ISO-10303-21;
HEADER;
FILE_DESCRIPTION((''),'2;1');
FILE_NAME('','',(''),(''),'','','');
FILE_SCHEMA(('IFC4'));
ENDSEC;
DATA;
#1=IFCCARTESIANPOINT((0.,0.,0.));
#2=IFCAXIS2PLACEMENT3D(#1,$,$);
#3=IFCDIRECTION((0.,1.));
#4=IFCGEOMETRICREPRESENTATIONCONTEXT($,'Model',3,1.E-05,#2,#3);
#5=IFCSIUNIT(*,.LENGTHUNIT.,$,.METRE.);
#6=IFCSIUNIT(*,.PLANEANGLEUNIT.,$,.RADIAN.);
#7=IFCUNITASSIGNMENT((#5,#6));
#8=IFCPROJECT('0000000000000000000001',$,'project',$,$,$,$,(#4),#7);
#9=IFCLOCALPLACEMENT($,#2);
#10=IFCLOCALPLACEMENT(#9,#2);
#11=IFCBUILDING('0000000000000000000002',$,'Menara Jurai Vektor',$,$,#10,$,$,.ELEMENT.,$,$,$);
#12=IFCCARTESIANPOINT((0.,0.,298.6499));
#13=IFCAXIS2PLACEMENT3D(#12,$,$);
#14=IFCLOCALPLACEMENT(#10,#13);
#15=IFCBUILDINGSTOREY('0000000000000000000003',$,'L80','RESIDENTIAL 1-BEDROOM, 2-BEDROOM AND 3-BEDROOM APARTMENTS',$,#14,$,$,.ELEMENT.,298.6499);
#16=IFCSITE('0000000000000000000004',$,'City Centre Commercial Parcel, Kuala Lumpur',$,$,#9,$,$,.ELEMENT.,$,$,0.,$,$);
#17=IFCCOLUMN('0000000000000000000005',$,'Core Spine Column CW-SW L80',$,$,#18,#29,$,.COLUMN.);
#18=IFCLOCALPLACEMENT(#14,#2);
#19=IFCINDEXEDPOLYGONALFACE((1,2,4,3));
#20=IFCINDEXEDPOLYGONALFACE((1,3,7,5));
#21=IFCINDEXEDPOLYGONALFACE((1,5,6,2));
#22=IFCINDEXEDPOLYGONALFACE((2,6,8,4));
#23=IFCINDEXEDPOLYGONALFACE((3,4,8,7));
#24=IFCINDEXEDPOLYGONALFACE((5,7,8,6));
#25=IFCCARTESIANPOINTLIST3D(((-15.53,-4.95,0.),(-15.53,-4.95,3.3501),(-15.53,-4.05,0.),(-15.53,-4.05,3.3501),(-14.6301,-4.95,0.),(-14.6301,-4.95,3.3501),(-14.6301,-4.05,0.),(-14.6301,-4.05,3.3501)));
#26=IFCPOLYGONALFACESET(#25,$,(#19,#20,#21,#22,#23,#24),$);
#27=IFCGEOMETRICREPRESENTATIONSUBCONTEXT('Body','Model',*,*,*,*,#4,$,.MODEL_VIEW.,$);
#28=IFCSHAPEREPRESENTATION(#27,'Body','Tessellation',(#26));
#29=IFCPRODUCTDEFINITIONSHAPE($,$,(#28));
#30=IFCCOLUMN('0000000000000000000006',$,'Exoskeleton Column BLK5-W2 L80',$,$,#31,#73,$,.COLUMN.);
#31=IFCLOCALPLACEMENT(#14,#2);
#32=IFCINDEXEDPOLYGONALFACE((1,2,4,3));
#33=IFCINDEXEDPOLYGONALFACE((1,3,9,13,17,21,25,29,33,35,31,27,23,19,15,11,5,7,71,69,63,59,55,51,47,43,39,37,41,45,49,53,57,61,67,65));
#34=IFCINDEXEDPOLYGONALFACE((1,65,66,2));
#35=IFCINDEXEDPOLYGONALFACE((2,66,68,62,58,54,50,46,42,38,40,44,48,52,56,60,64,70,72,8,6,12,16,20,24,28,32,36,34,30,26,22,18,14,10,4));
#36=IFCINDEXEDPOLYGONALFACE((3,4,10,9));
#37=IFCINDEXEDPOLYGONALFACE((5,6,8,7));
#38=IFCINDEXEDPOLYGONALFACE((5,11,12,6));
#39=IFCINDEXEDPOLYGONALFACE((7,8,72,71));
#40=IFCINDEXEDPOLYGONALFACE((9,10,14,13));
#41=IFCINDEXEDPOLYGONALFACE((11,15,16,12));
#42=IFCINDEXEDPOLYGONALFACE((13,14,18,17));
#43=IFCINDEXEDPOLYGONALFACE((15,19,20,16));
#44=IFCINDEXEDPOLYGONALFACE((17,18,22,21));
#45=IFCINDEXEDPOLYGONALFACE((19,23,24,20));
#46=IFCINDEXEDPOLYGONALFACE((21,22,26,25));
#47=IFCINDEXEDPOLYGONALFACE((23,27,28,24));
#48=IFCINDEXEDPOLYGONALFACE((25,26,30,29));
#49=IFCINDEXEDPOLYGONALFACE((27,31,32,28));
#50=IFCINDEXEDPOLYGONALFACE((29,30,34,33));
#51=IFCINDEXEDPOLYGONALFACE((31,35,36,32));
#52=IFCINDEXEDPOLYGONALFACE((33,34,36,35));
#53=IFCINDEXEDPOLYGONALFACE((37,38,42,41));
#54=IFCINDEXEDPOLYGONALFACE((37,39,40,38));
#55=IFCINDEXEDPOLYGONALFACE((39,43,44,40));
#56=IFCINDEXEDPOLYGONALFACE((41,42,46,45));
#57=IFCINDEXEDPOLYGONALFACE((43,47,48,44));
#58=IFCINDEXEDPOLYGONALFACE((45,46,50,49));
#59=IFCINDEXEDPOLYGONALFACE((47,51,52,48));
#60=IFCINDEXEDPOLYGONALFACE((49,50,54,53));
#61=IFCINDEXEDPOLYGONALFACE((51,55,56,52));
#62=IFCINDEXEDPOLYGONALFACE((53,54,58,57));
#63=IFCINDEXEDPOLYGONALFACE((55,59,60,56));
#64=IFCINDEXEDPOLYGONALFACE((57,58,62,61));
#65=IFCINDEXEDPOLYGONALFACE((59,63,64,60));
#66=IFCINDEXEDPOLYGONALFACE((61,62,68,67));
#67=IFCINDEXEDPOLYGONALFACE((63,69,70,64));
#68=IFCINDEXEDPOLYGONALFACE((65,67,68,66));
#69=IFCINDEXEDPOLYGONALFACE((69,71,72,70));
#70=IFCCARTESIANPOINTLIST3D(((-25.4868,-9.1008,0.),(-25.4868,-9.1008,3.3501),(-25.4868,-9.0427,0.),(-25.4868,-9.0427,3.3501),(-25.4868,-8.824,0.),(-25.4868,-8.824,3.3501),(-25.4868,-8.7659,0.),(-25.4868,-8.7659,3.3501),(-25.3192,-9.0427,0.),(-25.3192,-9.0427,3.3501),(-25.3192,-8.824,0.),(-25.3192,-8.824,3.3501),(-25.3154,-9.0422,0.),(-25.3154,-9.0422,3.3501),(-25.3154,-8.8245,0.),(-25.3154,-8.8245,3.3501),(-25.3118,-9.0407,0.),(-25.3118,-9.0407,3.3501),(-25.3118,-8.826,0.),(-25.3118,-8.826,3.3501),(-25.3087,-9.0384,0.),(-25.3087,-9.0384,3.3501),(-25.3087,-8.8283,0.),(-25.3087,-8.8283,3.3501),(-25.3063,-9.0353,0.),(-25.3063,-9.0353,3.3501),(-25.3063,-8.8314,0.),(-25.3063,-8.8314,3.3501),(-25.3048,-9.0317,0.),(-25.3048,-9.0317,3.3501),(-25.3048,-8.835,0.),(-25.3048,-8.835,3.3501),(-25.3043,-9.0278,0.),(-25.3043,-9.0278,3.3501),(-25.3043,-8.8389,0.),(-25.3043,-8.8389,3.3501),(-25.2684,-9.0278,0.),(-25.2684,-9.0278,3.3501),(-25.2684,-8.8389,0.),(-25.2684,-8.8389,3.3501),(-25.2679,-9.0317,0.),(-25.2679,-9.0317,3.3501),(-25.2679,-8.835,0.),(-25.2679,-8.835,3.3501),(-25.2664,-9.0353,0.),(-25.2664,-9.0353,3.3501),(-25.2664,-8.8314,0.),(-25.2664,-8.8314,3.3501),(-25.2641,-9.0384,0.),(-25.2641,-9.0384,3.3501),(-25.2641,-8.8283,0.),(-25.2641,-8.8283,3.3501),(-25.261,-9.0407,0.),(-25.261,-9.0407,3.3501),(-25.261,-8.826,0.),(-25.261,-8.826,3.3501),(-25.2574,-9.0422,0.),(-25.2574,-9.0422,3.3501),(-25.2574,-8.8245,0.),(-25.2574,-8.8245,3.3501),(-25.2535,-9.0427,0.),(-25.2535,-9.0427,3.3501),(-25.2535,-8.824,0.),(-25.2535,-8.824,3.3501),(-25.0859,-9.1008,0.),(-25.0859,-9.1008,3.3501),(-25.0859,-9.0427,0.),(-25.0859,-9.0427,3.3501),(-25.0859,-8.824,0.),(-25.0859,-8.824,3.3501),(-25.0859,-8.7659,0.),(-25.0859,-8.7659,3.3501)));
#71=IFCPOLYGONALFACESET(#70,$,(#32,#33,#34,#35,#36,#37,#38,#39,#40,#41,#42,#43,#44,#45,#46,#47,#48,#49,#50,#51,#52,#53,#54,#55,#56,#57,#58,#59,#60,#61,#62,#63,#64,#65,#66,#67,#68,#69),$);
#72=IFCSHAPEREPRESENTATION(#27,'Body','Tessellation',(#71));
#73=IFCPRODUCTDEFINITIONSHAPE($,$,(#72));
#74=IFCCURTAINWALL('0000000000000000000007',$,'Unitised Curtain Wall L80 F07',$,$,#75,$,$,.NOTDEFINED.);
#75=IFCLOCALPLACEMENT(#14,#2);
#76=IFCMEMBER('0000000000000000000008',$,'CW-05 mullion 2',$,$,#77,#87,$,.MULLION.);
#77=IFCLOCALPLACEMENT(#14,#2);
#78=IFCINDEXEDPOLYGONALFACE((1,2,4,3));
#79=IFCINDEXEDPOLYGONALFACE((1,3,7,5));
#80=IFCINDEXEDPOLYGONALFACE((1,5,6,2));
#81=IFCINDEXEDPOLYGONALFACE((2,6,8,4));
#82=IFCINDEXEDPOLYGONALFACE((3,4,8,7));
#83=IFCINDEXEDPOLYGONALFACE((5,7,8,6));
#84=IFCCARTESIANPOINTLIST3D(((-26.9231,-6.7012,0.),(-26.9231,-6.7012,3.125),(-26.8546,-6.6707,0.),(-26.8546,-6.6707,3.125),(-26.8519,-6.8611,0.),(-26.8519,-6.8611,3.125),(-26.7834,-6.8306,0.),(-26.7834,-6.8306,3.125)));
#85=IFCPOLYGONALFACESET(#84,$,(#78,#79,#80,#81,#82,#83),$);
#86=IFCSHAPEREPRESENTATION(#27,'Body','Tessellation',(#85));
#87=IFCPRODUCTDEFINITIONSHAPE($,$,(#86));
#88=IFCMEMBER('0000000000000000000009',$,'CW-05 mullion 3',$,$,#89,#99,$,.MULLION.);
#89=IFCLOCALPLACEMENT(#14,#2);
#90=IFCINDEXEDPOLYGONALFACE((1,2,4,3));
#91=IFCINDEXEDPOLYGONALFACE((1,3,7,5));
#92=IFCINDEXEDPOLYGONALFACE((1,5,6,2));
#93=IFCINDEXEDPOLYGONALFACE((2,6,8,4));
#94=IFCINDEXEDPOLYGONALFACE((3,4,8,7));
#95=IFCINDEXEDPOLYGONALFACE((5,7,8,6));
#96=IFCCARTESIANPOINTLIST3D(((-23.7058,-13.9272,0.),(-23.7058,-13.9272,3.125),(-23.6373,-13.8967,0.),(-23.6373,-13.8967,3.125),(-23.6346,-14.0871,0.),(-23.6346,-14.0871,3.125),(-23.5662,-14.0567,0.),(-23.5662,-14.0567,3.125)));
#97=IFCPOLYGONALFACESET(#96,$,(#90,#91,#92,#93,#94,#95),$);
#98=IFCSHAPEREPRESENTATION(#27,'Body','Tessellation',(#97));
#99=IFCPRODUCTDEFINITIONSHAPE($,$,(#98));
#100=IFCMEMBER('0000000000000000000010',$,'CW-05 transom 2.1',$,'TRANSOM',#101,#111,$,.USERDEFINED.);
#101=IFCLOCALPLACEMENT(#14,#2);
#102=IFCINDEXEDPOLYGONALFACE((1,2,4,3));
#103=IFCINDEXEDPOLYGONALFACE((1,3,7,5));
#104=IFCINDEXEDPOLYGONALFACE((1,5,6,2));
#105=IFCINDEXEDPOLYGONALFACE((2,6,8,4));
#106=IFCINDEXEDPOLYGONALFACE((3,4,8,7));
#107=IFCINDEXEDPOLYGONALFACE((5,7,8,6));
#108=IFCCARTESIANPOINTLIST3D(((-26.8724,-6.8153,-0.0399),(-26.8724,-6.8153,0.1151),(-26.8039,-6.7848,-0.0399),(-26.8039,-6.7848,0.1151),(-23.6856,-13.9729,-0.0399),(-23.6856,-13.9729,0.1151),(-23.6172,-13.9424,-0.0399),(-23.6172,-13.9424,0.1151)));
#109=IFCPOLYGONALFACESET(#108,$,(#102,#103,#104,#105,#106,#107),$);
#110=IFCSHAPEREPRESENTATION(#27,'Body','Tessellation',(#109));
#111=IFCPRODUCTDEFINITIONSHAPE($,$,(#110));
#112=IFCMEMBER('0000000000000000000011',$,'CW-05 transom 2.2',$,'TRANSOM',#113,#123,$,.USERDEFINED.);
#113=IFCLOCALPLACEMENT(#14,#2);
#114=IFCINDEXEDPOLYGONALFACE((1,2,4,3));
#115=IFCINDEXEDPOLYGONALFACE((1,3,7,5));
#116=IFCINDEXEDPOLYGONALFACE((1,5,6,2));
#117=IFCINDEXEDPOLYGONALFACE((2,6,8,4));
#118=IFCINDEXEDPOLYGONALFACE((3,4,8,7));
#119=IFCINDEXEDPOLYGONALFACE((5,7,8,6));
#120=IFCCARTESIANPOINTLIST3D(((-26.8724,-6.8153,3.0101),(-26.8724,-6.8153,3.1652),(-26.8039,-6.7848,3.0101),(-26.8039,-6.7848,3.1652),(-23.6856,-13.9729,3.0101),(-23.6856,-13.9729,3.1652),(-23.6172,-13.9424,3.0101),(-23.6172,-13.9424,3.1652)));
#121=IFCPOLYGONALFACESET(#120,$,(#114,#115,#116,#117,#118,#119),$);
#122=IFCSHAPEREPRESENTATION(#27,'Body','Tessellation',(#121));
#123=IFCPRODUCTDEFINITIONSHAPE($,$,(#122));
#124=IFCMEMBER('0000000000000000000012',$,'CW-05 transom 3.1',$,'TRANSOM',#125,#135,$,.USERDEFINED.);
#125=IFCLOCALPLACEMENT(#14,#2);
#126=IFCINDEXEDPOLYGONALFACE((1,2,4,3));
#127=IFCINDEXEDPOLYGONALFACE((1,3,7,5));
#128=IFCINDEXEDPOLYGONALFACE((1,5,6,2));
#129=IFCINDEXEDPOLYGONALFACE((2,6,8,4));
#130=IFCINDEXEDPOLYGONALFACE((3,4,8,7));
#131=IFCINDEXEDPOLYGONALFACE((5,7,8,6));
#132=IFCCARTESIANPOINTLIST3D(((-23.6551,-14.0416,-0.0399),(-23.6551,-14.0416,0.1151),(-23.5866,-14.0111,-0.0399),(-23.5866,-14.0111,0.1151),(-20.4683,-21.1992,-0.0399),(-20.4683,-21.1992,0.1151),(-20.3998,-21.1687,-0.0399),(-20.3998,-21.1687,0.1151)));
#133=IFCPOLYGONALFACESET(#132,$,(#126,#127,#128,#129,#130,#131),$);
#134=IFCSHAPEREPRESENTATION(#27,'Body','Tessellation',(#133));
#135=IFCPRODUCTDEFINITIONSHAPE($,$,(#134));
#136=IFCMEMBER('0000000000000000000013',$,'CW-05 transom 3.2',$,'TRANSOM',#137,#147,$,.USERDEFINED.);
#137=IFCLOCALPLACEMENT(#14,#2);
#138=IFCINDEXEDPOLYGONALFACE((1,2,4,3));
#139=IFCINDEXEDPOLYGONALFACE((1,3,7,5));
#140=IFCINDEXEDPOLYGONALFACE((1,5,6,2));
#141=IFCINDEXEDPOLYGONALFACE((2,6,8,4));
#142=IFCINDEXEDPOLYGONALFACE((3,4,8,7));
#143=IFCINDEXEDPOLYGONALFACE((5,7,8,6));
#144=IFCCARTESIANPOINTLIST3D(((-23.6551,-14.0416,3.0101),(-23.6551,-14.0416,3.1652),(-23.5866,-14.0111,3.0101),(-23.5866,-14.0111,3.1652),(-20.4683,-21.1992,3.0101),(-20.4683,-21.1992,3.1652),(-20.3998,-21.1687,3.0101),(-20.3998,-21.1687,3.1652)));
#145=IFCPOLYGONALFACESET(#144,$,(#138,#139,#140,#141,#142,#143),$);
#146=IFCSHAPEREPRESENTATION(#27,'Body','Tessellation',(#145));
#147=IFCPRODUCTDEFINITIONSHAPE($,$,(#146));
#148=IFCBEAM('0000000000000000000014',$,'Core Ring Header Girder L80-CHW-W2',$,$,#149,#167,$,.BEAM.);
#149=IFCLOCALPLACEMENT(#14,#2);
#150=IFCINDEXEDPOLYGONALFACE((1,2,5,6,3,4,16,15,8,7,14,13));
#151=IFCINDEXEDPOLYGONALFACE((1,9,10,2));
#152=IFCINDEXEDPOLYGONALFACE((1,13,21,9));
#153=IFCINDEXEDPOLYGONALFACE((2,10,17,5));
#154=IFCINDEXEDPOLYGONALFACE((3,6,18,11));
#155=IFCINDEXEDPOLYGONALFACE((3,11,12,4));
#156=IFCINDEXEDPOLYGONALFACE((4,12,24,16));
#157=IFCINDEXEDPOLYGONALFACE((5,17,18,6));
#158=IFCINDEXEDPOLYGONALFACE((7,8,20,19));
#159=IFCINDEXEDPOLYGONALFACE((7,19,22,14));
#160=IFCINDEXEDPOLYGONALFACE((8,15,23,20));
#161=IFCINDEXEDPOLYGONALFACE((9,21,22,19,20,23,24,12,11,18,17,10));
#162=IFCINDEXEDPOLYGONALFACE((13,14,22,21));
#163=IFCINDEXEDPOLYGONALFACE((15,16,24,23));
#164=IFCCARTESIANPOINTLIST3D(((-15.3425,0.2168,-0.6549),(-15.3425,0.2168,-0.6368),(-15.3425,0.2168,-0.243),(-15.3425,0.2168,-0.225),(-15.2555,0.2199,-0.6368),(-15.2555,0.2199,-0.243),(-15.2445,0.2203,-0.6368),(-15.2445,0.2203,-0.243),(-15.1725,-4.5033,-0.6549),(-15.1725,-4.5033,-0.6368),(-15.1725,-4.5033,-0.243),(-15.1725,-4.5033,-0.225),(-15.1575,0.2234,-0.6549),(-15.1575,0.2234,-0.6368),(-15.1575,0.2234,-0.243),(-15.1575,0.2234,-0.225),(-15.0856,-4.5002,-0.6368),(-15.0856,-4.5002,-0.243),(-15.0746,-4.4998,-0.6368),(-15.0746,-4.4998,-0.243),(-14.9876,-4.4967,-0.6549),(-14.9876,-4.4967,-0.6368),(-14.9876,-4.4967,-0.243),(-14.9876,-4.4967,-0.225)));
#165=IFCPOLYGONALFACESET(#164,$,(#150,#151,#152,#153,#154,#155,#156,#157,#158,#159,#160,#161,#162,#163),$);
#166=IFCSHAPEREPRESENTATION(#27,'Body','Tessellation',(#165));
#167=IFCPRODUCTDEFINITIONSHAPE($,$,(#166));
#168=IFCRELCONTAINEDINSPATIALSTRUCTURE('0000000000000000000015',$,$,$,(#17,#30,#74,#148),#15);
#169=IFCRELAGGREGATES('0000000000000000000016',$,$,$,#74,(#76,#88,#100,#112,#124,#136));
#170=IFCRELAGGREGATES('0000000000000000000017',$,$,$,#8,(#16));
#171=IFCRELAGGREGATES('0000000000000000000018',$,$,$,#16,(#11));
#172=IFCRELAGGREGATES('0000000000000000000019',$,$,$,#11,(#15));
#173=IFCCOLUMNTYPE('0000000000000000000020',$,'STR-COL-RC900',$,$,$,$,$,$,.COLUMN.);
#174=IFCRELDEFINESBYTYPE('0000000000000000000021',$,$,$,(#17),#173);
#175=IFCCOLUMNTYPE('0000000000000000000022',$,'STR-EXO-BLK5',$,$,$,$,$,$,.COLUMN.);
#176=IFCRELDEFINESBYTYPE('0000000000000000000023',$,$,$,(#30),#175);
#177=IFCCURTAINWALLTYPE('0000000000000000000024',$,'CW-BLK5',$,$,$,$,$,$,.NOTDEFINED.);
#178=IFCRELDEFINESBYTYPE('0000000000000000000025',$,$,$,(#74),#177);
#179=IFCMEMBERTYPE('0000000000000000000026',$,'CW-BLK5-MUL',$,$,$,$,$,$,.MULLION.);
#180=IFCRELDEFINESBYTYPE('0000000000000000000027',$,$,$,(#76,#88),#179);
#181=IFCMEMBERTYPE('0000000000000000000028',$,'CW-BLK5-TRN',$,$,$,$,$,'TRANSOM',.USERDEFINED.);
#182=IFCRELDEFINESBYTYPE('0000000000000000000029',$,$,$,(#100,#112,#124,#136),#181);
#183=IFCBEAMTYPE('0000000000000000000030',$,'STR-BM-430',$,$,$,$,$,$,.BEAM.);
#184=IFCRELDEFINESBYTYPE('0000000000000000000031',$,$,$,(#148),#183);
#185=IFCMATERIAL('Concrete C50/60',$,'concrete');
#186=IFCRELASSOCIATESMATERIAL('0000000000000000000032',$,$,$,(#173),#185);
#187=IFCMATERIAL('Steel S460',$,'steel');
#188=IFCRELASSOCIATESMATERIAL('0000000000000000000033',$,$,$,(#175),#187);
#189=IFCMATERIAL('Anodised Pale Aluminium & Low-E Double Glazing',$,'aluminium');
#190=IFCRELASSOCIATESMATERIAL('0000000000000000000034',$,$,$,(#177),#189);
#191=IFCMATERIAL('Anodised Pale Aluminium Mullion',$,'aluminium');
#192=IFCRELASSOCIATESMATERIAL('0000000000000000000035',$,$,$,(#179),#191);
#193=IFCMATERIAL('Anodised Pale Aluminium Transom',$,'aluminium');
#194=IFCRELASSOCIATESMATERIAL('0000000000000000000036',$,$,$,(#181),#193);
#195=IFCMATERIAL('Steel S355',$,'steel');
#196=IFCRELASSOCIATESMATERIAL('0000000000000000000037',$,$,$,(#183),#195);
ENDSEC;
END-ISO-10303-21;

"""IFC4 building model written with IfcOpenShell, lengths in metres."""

from ifc_helpers import new_model, si_unit, direction, frame, origin, origin_2d, place, context, subcontext, project, spatial, rectangle, i_section, extrude, material, material_profile, profile_set, type_object, element, aggregate, save


model = new_model("IFC4")

# Units and contexts
model_context = context("Model", 3, precision=1e-05, world=origin(), true_north=direction((0.0, 1.0)))
body_context = subcontext(model_context, "Body", "Model", "MODEL_VIEW")
ifc_project = project(units=[si_unit("LENGTHUNIT", "METRE"), si_unit("PLANEANGLEUNIT", "RADIAN")], contexts=[model_context])

# Site, building, storey
site_placement = place(None, origin())
site = spatial("IfcSite", under=ifc_project, at=site_placement, Name="City Centre Commercial Parcel, Kuala Lumpur", CompositionType="ELEMENT", RefElevation=0.0)
building_placement = place(site_placement, origin())
building = spatial("IfcBuilding", under=site, at=building_placement, Name="Menara Jurai Vektor", CompositionType="ELEMENT")
storey_placement = place(building_placement, frame((0.0, 0.0, 298.6499)))
storey = spatial("IfcBuildingStorey", under=building, at=storey_placement, Name="L80", Description="RESIDENTIAL 1-BEDROOM, 2-BEDROOM AND 3-BEDROOM APARTMENTS", CompositionType="ELEMENT", Elevation=298.6499)

# Columns
ifc_material_1 = material(Name="Concrete C50/60", Category="concrete")
ifc_material_profile_1 = material_profile(ifc_material_1, rectangle(XDim=0.8999, YDim=0.8999, at=origin_2d()), Name="RC 900x900")
ifc_profile_set_1 = profile_set([ifc_material_profile_1], Name="Concrete C50/60")
column_type_1 = type_object("IfcColumnType", Name="STR-COL-RC900", PredefinedType="COLUMN", material=ifc_profile_set_1)
column_1_placement = place(storey_placement, frame((-15.0801, -4.5, 0.0), z_axis=(0.0, 0.0, 1.0), x_axis=(1.0, 0.0, 0.0)))
element("IfcColumn", 1, at=column_1_placement, inside=storey, type_object=column_type_1, Name="Core Spine Column CW-SW L80", PredefinedType="COLUMN", context=body_context, shape_type="SweptSolid", body=[
    extrude(rectangle(XDim=0.8999, YDim=0.8999, at=origin_2d()), origin(), (0.0, 0.0, 1.0), 3.3501),
])
ifc_material_2 = material(Name="Steel S460", Category="steel")
ifc_material_profile_2 = material_profile(ifc_material_2, i_section(OverallWidth=0.4009, OverallDepth=0.335, WebThickness=0.0359, FlangeThickness=0.0581, FilletRadius=0.0149, at=origin_2d()), Name="HD 400x463")
ifc_profile_set_2 = profile_set([ifc_material_profile_2], Name="Steel S460")
column_type_2 = type_object("IfcColumnType", Name="STR-EXO-BLK5", PredefinedType="COLUMN", material=ifc_profile_set_2)
column_2_placement = place(storey_placement, frame((-25.2864, -8.9333, 0.0), z_axis=(0.0, 0.0, 1.0), x_axis=(1.0, 0.0, 0.0)))
element("IfcColumn", 2, at=column_2_placement, inside=storey, type_object=column_type_2, Name="Exoskeleton Column BLK5-W2 L80", PredefinedType="COLUMN", context=body_context, shape_type="SweptSolid", body=[
    extrude(i_section(OverallWidth=0.4009, OverallDepth=0.335, WebThickness=0.0359, FlangeThickness=0.0581, FilletRadius=0.0149, at=origin_2d()), origin(), (0.0, 0.0, 1.0), 3.3501),
])

# Curtain wall, members
ifc_material_3 = material(Name="Anodised Pale Aluminium & Low-E Double Glazing", Category="aluminium")
curtain_wall_type = type_object("IfcCurtainWallType", Name="CW-BLK5", PredefinedType="NOTDEFINED", material=ifc_material_3)
curtain_wall_placement = place(storey_placement, origin())
curtain_wall = element("IfcCurtainWall", 3, at=curtain_wall_placement, inside=storey, type_object=curtain_wall_type, Name="Unitised Curtain Wall L80 F07", PredefinedType="NOTDEFINED")
ifc_material_4 = material(Name="Anodised Pale Aluminium Mullion", Category="aluminium")
ifc_material_profile_3 = material_profile(ifc_material_4, rectangle(XDim=0.075, YDim=0.175, at=origin_2d()), Name="ALU MUL 75x175")
ifc_profile_set_3 = profile_set([ifc_material_profile_3], Name="Anodised Pale Aluminium Mullion")
member_type_1 = type_object("IfcMemberType", Name="CW-BLK5-MUL", PredefinedType="MULLION", material=ifc_profile_set_3)
member_1_placement = place(storey_placement, frame((-26.8533, -6.7659, 0.0), z_axis=(0.0, 0.0, 1.0), x_axis=(0.913546, 0.406735, 0.0)))
member_1 = element("IfcMember", 4, at=member_1_placement, type_object=member_type_1, Name="CW-05 mullion 2", PredefinedType="MULLION", context=body_context, shape_type="SweptSolid", body=[
    extrude(rectangle(XDim=0.075, YDim=0.175, at=origin_2d()), origin(), (0.0, 0.0, 1.0), 3.125),
])
member_2_placement = place(storey_placement, frame((-23.636, -13.9919, 0.0), z_axis=(0.0, 0.0, 1.0), x_axis=(0.913546, 0.406735, 0.0)))
member_2 = element("IfcMember", 5, at=member_2_placement, type_object=member_type_1, Name="CW-05 mullion 3", PredefinedType="MULLION", context=body_context, shape_type="SweptSolid", body=[
    extrude(rectangle(XDim=0.075, YDim=0.175, at=origin_2d()), origin(), (0.0, 0.0, 1.0), 3.125),
])
ifc_material_5 = material(Name="Anodised Pale Aluminium Transom", Category="aluminium")
ifc_material_profile_4 = material_profile(ifc_material_5, rectangle(XDim=0.075, YDim=0.155, at=origin_2d()), Name="ALU TRN 75x155")
ifc_profile_set_4 = profile_set([ifc_material_profile_4], Name="Anodised Pale Aluminium Transom")
member_type_2 = type_object("IfcMemberType", Name="CW-BLK5-TRN", ElementType="TRANSOM", PredefinedType="USERDEFINED", material=ifc_profile_set_4)
member_3_placement = place(storey_placement, frame((-26.8381, -6.8, 0.0376), z_axis=(0.406731, -0.913548, 0.0), x_axis=(0.913548, 0.406731, 0.0)))
member_3 = element("IfcMember", 6, at=member_3_placement, type_object=member_type_2, Name="CW-05 transom 2.1", ObjectType="TRANSOM", PredefinedType="USERDEFINED", context=body_context, shape_type="SweptSolid", body=[
    extrude(rectangle(XDim=0.075, YDim=0.155, at=origin_2d()), origin(), (0.0, 0.0, 1.0), 7.835),
])
member_4_placement = place(storey_placement, frame((-26.8381, -6.8, 3.0876), z_axis=(0.406731, -0.913548, 0.0), x_axis=(0.913548, 0.406731, 0.0)))
member_4 = element("IfcMember", 7, at=member_4_placement, type_object=member_type_2, Name="CW-05 transom 2.2", ObjectType="TRANSOM", PredefinedType="USERDEFINED", context=body_context, shape_type="SweptSolid", body=[
    extrude(rectangle(XDim=0.075, YDim=0.155, at=origin_2d()), origin(), (0.0, 0.0, 1.0), 7.835),
])
member_5_placement = place(storey_placement, frame((-23.6208, -14.0264, 0.0376), z_axis=(0.406743, -0.913543, 0.0), x_axis=(0.913543, 0.406743, 0.0)))
member_5 = element("IfcMember", 8, at=member_5_placement, type_object=member_type_2, Name="CW-05 transom 3.1", ObjectType="TRANSOM", PredefinedType="USERDEFINED", context=body_context, shape_type="SweptSolid", body=[
    extrude(rectangle(XDim=0.075, YDim=0.155, at=origin_2d()), origin(), (0.0, 0.0, 1.0), 7.835),
])
member_6_placement = place(storey_placement, frame((-23.6208, -14.0264, 3.0876), z_axis=(0.406743, -0.913543, 0.0), x_axis=(0.913543, 0.406743, 0.0)))
member_6 = element("IfcMember", 9, at=member_6_placement, type_object=member_type_2, Name="CW-05 transom 3.2", ObjectType="TRANSOM", PredefinedType="USERDEFINED", context=body_context, shape_type="SweptSolid", body=[
    extrude(rectangle(XDim=0.075, YDim=0.155, at=origin_2d()), origin(), (0.0, 0.0, 1.0), 7.835),
])

# Beam
ifc_material_6 = material(Name="Steel S355", Category="steel")
ifc_material_profile_5 = material_profile(ifc_material_6, i_section(OverallWidth=0.1851, OverallDepth=0.4299, WebThickness=0.011, FlangeThickness=0.0181, at=origin_2d()), Name="PG 430x185x76")
ifc_profile_set_5 = profile_set([ifc_material_profile_5], Name="Steel S355")
beam_type_1 = type_object("IfcBeamType", Name="STR-BM-430", PredefinedType="BEAM", material=ifc_profile_set_5)
beam_1_placement = place(storey_placement, frame((-15.0801, -4.5, -0.4399), z_axis=(-0.035977, 0.999353, 0.0), x_axis=(-0.999353, -0.035977, 0.0)))
element("IfcBeam", 10, at=beam_1_placement, inside=storey, type_object=beam_type_1, Name="Core Ring Header Girder L80-CHW-W2", PredefinedType="BEAM", context=body_context, shape_type="SweptSolid", body=[
    extrude(i_section(OverallWidth=0.1851, OverallDepth=0.4299, WebThickness=0.011, FlangeThickness=0.0181, at=origin_2d()), origin(), (0.0, 0.0, 1.0), 4.7231),
])

aggregate(curtain_wall, [member_1, member_2, member_3, member_4, member_5, member_6])

save(model, "model.ifc")
